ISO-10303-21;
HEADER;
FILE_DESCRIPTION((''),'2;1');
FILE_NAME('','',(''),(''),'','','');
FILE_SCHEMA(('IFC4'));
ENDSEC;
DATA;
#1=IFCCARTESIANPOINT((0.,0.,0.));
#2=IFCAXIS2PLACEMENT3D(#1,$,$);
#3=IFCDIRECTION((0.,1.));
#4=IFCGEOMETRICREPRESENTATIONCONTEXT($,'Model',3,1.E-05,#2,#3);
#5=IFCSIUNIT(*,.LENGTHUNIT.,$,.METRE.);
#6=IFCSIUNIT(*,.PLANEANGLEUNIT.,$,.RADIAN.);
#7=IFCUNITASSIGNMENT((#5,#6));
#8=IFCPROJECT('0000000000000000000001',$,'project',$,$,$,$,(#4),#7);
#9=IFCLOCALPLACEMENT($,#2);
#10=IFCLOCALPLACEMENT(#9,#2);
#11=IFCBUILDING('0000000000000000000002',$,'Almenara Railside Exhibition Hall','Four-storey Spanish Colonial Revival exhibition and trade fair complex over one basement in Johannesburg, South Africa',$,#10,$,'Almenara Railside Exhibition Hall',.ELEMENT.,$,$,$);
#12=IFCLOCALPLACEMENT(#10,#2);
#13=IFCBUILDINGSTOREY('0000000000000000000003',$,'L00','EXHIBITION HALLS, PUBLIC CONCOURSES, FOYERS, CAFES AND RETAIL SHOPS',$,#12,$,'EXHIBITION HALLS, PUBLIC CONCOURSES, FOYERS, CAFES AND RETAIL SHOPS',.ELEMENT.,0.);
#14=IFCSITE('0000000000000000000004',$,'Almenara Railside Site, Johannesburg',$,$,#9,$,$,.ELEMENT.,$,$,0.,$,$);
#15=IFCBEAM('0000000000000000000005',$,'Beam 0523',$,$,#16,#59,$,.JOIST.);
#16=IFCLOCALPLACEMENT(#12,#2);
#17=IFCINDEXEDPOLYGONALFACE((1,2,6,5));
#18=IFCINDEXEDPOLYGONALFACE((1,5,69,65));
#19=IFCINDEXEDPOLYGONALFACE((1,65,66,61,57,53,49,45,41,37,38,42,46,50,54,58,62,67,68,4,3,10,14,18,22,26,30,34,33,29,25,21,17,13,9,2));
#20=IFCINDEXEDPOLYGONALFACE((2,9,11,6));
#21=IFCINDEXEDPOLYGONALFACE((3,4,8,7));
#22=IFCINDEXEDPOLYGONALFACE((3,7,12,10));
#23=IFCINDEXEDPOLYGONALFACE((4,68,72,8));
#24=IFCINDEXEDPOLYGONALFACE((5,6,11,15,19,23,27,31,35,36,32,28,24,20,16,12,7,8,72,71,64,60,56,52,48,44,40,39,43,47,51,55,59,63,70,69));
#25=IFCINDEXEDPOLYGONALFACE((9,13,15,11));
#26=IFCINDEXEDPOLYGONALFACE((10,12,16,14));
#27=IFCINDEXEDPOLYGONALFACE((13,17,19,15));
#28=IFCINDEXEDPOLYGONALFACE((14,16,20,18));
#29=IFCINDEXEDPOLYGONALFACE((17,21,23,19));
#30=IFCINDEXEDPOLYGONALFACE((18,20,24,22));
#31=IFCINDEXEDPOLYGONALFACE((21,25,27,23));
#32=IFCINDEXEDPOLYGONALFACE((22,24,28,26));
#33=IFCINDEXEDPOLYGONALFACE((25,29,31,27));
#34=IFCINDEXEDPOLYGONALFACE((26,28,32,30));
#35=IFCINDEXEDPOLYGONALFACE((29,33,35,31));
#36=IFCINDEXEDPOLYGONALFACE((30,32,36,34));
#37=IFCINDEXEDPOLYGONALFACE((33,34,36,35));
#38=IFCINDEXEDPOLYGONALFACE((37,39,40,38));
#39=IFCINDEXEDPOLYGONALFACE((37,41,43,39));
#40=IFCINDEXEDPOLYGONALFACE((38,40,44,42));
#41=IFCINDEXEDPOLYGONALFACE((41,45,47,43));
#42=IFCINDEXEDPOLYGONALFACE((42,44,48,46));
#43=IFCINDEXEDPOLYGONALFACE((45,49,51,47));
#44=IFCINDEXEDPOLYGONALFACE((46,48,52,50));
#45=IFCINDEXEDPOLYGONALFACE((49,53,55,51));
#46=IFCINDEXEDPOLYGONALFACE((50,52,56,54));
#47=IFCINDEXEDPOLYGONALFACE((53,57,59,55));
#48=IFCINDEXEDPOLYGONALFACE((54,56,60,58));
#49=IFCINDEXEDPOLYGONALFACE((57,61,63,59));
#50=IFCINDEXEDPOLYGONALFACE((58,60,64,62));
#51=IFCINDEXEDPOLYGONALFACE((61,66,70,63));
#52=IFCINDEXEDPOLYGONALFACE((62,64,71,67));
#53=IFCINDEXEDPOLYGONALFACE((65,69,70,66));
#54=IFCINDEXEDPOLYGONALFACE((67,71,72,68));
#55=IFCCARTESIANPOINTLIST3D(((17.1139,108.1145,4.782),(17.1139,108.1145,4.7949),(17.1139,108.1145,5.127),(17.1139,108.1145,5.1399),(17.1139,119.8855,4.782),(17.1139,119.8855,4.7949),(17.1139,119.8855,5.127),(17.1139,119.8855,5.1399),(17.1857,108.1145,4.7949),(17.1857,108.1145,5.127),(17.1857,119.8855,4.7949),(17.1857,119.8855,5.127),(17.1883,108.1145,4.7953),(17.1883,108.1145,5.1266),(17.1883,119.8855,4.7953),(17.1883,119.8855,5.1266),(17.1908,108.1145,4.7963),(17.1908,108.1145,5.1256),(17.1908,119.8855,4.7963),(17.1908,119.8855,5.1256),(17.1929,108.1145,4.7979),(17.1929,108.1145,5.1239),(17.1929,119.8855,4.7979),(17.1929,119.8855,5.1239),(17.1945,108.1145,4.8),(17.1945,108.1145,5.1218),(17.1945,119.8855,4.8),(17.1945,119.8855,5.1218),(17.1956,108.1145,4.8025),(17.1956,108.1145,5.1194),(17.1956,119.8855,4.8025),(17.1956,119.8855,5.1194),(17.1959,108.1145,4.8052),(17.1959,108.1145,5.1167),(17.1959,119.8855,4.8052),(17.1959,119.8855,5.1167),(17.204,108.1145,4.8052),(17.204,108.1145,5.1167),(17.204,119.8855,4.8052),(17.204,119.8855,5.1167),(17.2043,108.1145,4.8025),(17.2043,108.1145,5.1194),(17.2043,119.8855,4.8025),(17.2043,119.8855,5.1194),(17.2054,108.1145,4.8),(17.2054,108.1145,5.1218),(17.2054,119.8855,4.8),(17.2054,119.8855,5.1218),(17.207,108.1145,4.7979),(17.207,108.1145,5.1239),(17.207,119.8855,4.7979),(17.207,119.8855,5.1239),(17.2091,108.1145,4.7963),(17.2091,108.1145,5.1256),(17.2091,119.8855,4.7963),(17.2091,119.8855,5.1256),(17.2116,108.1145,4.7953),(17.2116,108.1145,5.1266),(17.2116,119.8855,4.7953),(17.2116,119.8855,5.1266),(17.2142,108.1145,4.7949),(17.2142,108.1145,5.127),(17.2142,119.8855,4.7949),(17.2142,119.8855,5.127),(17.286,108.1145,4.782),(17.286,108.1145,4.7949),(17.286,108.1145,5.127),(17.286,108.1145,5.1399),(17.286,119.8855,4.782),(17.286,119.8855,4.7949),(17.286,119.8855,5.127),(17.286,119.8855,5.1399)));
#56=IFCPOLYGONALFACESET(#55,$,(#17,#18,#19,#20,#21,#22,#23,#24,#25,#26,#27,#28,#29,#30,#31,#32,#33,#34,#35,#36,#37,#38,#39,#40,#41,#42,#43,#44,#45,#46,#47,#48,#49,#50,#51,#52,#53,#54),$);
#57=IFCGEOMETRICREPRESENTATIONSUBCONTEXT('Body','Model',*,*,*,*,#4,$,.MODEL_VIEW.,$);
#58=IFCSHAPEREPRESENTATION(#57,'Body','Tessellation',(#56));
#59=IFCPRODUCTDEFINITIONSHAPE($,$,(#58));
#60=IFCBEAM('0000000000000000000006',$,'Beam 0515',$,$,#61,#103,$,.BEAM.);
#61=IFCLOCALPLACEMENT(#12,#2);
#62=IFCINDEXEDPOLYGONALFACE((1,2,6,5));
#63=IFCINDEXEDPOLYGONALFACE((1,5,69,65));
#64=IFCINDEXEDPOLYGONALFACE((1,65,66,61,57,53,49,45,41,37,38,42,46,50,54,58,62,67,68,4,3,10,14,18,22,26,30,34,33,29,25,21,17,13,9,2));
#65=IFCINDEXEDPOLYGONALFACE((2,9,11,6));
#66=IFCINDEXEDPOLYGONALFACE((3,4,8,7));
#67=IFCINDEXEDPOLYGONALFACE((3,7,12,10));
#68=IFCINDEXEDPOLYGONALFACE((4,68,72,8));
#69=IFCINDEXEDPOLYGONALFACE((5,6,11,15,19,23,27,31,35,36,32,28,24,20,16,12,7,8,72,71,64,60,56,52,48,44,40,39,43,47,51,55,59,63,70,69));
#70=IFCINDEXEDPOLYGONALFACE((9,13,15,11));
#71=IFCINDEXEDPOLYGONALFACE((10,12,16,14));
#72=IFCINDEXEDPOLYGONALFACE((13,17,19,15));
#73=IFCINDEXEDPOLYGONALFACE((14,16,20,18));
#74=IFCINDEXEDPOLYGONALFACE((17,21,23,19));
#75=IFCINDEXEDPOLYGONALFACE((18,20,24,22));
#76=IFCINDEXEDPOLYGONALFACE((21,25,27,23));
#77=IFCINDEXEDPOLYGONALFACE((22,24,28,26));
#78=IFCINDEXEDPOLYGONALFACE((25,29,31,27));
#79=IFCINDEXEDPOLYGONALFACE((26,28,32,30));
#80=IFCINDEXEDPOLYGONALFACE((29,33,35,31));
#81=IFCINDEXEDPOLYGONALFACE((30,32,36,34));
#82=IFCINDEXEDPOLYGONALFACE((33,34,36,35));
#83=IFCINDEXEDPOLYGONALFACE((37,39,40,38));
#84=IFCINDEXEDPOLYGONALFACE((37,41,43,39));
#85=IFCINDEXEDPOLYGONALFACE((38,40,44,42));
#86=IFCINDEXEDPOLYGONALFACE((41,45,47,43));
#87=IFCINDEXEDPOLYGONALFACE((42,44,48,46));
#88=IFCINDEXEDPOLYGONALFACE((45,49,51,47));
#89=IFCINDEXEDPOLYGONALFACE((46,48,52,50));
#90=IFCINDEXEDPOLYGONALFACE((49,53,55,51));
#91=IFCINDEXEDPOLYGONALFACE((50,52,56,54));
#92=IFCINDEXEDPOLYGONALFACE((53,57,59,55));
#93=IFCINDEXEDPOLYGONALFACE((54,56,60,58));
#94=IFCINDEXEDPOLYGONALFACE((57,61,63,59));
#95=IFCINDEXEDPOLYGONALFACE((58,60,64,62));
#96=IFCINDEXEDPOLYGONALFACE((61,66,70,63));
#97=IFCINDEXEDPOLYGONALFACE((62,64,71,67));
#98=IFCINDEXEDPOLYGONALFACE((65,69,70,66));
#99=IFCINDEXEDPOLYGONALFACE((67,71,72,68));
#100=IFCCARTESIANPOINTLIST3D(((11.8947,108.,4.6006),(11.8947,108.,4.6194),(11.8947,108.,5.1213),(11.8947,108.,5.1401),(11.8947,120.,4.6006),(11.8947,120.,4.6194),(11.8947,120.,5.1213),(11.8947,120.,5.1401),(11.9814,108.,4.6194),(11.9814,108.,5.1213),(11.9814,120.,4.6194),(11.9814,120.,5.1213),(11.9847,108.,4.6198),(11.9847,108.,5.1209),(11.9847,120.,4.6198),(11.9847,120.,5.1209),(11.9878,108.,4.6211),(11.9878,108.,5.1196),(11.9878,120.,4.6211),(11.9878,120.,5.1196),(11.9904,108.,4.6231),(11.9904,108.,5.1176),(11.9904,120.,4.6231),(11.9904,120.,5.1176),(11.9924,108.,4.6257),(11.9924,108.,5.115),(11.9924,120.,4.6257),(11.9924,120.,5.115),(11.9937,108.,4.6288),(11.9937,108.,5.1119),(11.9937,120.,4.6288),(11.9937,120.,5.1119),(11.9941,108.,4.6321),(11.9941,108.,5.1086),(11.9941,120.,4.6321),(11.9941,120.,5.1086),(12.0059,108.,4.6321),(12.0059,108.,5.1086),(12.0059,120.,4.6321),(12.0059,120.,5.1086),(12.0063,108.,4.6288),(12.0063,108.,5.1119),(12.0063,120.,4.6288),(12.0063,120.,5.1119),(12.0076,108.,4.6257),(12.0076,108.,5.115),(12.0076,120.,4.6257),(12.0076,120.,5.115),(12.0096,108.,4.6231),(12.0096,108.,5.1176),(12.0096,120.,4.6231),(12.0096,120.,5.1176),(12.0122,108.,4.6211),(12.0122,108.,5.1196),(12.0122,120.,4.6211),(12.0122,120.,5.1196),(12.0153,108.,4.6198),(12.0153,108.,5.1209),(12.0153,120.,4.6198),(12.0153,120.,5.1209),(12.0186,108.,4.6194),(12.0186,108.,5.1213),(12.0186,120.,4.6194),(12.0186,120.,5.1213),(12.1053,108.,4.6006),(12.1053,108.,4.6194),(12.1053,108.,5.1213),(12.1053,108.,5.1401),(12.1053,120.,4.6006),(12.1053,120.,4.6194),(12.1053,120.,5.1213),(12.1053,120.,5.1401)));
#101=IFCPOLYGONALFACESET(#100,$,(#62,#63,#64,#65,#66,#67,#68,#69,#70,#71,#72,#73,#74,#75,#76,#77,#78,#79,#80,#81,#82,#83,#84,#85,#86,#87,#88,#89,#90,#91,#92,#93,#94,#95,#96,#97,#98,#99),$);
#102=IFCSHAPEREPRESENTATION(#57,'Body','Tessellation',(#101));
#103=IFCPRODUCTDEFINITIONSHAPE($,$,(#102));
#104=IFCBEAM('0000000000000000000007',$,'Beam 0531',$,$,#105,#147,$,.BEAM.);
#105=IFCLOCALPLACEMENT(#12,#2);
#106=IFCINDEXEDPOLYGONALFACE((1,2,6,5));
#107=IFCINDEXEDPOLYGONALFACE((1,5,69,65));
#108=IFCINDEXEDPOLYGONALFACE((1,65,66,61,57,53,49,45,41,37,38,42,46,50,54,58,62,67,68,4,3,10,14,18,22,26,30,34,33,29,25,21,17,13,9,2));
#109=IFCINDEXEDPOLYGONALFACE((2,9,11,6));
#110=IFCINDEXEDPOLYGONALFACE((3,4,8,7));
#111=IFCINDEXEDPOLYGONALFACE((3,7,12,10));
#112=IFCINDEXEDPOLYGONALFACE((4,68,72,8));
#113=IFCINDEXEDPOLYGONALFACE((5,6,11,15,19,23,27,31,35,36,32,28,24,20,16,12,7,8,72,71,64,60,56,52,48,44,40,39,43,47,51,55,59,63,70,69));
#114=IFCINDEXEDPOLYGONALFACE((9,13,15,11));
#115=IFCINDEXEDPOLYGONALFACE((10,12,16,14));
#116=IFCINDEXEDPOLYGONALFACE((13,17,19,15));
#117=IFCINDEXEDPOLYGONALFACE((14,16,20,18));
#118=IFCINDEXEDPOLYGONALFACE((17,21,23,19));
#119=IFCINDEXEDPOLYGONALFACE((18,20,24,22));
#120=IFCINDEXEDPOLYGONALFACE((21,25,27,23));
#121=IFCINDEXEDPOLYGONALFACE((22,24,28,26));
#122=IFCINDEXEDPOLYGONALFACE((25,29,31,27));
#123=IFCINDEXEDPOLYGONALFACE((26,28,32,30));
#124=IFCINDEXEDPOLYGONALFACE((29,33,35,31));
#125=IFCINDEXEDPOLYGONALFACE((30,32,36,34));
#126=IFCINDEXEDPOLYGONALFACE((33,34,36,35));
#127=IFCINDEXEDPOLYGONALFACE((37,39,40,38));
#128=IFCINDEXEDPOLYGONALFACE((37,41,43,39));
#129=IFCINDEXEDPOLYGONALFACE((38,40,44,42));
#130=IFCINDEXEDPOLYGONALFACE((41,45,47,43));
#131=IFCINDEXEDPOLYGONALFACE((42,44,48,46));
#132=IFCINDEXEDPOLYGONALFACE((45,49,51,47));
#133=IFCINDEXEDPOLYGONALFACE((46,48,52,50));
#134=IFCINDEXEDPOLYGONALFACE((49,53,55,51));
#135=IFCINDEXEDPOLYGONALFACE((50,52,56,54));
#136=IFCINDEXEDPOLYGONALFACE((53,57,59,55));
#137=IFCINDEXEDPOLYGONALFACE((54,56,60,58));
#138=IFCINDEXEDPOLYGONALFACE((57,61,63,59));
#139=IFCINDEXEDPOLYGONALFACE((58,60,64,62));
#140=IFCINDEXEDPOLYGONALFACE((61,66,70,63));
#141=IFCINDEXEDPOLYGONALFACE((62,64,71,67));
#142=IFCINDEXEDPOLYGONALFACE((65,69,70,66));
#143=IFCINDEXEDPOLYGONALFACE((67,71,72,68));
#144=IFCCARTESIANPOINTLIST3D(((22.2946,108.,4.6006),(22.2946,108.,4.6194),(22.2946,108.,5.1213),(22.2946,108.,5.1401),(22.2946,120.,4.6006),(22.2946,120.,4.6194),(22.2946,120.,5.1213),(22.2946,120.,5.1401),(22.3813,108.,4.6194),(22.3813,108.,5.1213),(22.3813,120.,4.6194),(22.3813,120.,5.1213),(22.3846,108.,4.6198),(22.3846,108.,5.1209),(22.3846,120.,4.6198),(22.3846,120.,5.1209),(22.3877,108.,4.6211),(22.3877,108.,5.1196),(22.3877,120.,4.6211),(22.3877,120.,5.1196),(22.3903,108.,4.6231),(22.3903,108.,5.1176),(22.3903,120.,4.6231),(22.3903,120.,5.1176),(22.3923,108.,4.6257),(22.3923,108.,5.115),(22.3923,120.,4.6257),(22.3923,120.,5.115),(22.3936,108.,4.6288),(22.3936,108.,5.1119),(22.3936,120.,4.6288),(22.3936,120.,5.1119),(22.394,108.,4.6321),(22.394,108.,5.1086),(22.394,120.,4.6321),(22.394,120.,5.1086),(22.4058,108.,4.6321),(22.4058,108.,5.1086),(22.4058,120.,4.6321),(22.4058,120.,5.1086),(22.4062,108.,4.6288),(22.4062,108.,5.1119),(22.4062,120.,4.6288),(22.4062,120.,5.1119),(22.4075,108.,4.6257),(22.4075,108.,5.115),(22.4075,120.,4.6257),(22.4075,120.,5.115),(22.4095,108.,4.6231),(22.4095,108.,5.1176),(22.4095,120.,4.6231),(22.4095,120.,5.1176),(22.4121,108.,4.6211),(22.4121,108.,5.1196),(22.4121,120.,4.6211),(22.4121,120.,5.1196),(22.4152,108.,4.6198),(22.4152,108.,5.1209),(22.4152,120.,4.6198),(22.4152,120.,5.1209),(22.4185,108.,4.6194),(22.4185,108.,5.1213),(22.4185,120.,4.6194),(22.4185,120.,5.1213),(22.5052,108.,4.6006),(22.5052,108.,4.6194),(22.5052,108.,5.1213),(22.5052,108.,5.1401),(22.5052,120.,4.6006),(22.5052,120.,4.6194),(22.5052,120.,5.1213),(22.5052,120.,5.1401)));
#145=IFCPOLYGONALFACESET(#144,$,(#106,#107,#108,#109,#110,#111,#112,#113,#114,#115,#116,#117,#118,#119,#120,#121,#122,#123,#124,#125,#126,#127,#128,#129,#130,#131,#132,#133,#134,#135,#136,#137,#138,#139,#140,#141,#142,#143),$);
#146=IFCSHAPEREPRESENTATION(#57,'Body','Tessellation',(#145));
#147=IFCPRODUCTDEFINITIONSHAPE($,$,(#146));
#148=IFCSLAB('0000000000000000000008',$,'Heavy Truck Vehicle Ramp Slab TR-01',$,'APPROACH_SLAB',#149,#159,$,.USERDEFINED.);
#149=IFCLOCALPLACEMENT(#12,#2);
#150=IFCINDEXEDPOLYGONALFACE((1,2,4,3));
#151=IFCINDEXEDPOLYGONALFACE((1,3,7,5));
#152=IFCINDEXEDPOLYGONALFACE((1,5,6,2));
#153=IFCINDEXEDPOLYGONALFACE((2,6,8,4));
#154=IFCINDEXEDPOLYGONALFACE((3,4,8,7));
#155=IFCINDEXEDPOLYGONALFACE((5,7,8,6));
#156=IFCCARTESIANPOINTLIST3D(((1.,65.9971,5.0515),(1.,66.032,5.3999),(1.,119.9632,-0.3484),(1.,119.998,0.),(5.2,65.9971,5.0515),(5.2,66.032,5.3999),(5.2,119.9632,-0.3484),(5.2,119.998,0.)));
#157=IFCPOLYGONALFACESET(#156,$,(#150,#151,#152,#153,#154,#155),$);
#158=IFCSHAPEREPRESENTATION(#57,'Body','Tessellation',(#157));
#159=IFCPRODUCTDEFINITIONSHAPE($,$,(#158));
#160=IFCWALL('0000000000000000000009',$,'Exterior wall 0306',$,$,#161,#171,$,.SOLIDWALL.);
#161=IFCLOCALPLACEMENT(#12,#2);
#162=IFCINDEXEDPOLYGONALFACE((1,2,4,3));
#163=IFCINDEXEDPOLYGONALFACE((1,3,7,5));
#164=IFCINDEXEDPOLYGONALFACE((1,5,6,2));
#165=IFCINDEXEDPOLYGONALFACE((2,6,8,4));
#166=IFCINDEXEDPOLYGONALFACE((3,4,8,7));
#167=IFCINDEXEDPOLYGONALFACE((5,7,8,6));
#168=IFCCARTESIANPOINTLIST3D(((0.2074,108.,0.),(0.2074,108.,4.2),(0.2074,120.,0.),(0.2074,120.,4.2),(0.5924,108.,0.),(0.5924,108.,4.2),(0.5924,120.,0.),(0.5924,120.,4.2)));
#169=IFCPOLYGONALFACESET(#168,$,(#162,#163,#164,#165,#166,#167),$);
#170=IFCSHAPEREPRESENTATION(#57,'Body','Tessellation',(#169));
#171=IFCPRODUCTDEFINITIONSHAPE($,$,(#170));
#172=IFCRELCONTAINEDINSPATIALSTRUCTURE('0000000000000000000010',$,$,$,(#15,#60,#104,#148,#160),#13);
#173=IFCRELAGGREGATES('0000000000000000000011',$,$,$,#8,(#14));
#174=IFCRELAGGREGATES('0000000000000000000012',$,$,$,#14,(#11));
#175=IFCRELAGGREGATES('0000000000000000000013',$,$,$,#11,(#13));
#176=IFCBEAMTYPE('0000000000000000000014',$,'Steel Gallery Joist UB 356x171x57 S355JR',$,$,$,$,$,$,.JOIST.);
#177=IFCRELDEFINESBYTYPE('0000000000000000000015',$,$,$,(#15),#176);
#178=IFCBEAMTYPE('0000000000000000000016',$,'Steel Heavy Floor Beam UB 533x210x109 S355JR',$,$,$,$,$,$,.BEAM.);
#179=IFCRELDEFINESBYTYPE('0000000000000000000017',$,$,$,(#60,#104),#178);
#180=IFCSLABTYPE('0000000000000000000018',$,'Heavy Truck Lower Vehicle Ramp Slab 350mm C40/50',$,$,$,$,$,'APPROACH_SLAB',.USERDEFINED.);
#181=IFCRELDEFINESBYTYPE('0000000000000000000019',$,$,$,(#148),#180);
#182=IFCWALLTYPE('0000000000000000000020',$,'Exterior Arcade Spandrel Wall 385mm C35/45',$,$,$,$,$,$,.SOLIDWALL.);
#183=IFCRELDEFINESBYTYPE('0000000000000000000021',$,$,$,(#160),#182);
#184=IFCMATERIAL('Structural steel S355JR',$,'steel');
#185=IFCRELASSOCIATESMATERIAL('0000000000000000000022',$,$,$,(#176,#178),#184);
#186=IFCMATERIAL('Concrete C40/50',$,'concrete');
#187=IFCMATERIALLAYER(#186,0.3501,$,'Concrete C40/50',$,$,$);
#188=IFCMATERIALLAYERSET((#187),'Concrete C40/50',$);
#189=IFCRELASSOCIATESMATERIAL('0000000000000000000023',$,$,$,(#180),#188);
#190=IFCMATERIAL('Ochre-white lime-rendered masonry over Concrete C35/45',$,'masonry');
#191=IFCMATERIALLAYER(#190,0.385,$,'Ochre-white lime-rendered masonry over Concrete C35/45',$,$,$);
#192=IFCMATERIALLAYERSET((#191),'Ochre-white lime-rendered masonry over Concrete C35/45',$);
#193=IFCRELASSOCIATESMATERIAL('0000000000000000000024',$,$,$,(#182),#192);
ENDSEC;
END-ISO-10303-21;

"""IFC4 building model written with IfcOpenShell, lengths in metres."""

from ifc_helpers import new_model, si_unit, direction, frame, frame_2d, origin, origin_2d, place, context, subcontext, project, spatial, polyline, rectangle, i_section, outline, extrude, material, layer, layer_set, material_profile, profile_set, type_object, element, save


model = new_model("IFC4")

# Units and contexts
model_context = context("Model", 3, precision=1e-05, world=origin(), true_north=direction((0.0, 1.0)))
body_context = subcontext(model_context, "Body", "Model", "MODEL_VIEW")
ifc_project = project(units=[si_unit("LENGTHUNIT", "METRE"), si_unit("PLANEANGLEUNIT", "RADIAN")], contexts=[model_context])

# Site, building, storey
site_placement = place(None, origin())
site = spatial("IfcSite", under=ifc_project, at=site_placement, Name="Almenara Railside Site, Johannesburg", CompositionType="ELEMENT", RefElevation=0.0)
building_placement = place(site_placement, origin())
building = spatial("IfcBuilding", under=site, at=building_placement, Name="Almenara Railside Exhibition Hall", Description="Four-storey Spanish Colonial Revival exhibition and trade fair complex over one basement in Johannesburg, South Africa", LongName="Almenara Railside Exhibition Hall", CompositionType="ELEMENT")
storey_placement = place(building_placement, origin())
storey = spatial("IfcBuildingStorey", under=building, at=storey_placement, Name="L00", Description="EXHIBITION HALLS, PUBLIC CONCOURSES, FOYERS, CAFES AND RETAIL SHOPS", LongName="EXHIBITION HALLS, PUBLIC CONCOURSES, FOYERS, CAFES AND RETAIL SHOPS", CompositionType="ELEMENT", Elevation=0.0)

# Shared definitions
ifc_material_1 = material(Name="Concrete C40/50", Category="concrete")

# Beams
ifc_material_2 = material(Name="Structural steel S355JR", Category="steel")
ifc_material_profile_1 = material_profile(ifc_material_2, i_section(OverallWidth=0.1721, OverallDepth=0.3579, WebThickness=0.0081, FlangeThickness=0.0129, FilletRadius=0.0103, at=origin_2d()), Name="UB 356x171x57")
ifc_profile_set_1 = profile_set([ifc_material_profile_1], Name="Structural steel S355JR")
beam_type_1 = type_object("IfcBeamType", Name="Steel Gallery Joist UB 356x171x57 S355JR", PredefinedType="JOIST", material=ifc_profile_set_1)
beam_1_placement = place(storey_placement, frame((17.2, 108.1145, 4.9609), z_axis=(0.0, 1.0, 0.0), x_axis=(-1.0, 0.0, 0.0)))
element("IfcBeam", 1, at=beam_1_placement, inside=storey, type_object=beam_type_1, Name="Beam 0523", PredefinedType="JOIST", context=body_context, shape_type="SweptSolid", body=[
    extrude(i_section(OverallWidth=0.1721, OverallDepth=0.3579, WebThickness=0.0081, FlangeThickness=0.0129, FilletRadius=0.0103, at=origin_2d()), origin(), (0.0, 0.0, 1.0), 11.771),
])
ifc_material_profile_2 = material_profile(ifc_material_2, i_section(OverallWidth=0.2107, OverallDepth=0.5396, WebThickness=0.0117, FlangeThickness=0.0188, FilletRadius=0.0127, at=origin_2d()), Name="UB 533x210x109")
ifc_profile_set_2 = profile_set([ifc_material_profile_2], Name="Structural steel S355JR")
beam_type_2 = type_object("IfcBeamType", Name="Steel Heavy Floor Beam UB 533x210x109 S355JR", PredefinedType="BEAM", material=ifc_profile_set_2)
for number, where, z_axis, x_axis, name in (
    (2, (12.0, 108.0, 4.8704), (0.0, 1.0, 0.0), (-1.0, 0.0, 0.0), "Beam 0515"),
    (3, (22.3999, 108.0, 4.8704), (0.0, 1.0, 0.0), (-1.0, 0.0, 0.0), "Beam 0531"),
):
    element("IfcBeam", number, at=place(storey_placement, frame(where, z_axis=z_axis, x_axis=x_axis)), inside=storey, type_object=beam_type_2, Name=name, PredefinedType="BEAM", context=body_context, shape_type="SweptSolid", body=[
        extrude(i_section(OverallWidth=0.2107, OverallDepth=0.5396, WebThickness=0.0117, FlangeThickness=0.0188, FilletRadius=0.0127, at=origin_2d()), origin(), (0.0, 0.0, 1.0), 12.0),
    ])

# Slab
ifc_layer_1 = layer(ifc_material_1, 0.3501, Name="Concrete C40/50")
ifc_layer_set_1 = layer_set([ifc_layer_1], Name="Concrete C40/50")
slab_type = type_object("IfcSlabType", Name="Heavy Truck Lower Vehicle Ramp Slab 350mm C40/50", ElementType="APPROACH_SLAB", PredefinedType="USERDEFINED", material=ifc_layer_set_1)
slab_placement = place(storey_placement, frame((5.2, 119.998, 0.0), z_axis=(0.0, 0.099564, 0.995031), x_axis=(-1.0, 0.0, 0.0)))
element("IfcSlab", 4, at=slab_placement, inside=storey, type_object=slab_type, Name="Heavy Truck Vehicle Ramp Slab TR-01", ObjectType="APPROACH_SLAB", PredefinedType="USERDEFINED", context=body_context, shape_type="SweptSolid", body=[
    extrude(outline(polyline([(0.0, 0.0), (4.2, 0.0), (4.2, 54.2356), (0.0, 54.2356), (0.0, 0.0)])), origin(), (0.0, 0.0, -1.0), 0.3501),
])

# Wall
ifc_material_3 = material(Name="Ochre-white lime-rendered masonry over Concrete C35/45", Category="masonry")
ifc_layer_2 = layer(ifc_material_3, 0.385, Name="Ochre-white lime-rendered masonry over Concrete C35/45")
ifc_layer_set_2 = layer_set([ifc_layer_2], Name="Ochre-white lime-rendered masonry over Concrete C35/45")
wall_type_1 = type_object("IfcWallType", Name="Exterior Arcade Spandrel Wall 385mm C35/45", PredefinedType="SOLIDWALL", material=ifc_layer_set_2)
wall_1_placement = place(storey_placement, frame((0.3999, 120.0, 0.0), z_axis=(0.0, 0.0, 1.0), x_axis=(0.0, -1.0, 0.0)))
element("IfcWall", 5, at=wall_1_placement, inside=storey, type_object=wall_type_1, Name="Exterior wall 0306", PredefinedType="SOLIDWALL", context=body_context, shape_type="SweptSolid", body=[
    extrude(rectangle(XDim=12.0, YDim=0.385, at=frame_2d((6.0, 0.0))), origin(), (0.0, 0.0, 1.0), 4.2),
])

save(model, "model.ifc")
